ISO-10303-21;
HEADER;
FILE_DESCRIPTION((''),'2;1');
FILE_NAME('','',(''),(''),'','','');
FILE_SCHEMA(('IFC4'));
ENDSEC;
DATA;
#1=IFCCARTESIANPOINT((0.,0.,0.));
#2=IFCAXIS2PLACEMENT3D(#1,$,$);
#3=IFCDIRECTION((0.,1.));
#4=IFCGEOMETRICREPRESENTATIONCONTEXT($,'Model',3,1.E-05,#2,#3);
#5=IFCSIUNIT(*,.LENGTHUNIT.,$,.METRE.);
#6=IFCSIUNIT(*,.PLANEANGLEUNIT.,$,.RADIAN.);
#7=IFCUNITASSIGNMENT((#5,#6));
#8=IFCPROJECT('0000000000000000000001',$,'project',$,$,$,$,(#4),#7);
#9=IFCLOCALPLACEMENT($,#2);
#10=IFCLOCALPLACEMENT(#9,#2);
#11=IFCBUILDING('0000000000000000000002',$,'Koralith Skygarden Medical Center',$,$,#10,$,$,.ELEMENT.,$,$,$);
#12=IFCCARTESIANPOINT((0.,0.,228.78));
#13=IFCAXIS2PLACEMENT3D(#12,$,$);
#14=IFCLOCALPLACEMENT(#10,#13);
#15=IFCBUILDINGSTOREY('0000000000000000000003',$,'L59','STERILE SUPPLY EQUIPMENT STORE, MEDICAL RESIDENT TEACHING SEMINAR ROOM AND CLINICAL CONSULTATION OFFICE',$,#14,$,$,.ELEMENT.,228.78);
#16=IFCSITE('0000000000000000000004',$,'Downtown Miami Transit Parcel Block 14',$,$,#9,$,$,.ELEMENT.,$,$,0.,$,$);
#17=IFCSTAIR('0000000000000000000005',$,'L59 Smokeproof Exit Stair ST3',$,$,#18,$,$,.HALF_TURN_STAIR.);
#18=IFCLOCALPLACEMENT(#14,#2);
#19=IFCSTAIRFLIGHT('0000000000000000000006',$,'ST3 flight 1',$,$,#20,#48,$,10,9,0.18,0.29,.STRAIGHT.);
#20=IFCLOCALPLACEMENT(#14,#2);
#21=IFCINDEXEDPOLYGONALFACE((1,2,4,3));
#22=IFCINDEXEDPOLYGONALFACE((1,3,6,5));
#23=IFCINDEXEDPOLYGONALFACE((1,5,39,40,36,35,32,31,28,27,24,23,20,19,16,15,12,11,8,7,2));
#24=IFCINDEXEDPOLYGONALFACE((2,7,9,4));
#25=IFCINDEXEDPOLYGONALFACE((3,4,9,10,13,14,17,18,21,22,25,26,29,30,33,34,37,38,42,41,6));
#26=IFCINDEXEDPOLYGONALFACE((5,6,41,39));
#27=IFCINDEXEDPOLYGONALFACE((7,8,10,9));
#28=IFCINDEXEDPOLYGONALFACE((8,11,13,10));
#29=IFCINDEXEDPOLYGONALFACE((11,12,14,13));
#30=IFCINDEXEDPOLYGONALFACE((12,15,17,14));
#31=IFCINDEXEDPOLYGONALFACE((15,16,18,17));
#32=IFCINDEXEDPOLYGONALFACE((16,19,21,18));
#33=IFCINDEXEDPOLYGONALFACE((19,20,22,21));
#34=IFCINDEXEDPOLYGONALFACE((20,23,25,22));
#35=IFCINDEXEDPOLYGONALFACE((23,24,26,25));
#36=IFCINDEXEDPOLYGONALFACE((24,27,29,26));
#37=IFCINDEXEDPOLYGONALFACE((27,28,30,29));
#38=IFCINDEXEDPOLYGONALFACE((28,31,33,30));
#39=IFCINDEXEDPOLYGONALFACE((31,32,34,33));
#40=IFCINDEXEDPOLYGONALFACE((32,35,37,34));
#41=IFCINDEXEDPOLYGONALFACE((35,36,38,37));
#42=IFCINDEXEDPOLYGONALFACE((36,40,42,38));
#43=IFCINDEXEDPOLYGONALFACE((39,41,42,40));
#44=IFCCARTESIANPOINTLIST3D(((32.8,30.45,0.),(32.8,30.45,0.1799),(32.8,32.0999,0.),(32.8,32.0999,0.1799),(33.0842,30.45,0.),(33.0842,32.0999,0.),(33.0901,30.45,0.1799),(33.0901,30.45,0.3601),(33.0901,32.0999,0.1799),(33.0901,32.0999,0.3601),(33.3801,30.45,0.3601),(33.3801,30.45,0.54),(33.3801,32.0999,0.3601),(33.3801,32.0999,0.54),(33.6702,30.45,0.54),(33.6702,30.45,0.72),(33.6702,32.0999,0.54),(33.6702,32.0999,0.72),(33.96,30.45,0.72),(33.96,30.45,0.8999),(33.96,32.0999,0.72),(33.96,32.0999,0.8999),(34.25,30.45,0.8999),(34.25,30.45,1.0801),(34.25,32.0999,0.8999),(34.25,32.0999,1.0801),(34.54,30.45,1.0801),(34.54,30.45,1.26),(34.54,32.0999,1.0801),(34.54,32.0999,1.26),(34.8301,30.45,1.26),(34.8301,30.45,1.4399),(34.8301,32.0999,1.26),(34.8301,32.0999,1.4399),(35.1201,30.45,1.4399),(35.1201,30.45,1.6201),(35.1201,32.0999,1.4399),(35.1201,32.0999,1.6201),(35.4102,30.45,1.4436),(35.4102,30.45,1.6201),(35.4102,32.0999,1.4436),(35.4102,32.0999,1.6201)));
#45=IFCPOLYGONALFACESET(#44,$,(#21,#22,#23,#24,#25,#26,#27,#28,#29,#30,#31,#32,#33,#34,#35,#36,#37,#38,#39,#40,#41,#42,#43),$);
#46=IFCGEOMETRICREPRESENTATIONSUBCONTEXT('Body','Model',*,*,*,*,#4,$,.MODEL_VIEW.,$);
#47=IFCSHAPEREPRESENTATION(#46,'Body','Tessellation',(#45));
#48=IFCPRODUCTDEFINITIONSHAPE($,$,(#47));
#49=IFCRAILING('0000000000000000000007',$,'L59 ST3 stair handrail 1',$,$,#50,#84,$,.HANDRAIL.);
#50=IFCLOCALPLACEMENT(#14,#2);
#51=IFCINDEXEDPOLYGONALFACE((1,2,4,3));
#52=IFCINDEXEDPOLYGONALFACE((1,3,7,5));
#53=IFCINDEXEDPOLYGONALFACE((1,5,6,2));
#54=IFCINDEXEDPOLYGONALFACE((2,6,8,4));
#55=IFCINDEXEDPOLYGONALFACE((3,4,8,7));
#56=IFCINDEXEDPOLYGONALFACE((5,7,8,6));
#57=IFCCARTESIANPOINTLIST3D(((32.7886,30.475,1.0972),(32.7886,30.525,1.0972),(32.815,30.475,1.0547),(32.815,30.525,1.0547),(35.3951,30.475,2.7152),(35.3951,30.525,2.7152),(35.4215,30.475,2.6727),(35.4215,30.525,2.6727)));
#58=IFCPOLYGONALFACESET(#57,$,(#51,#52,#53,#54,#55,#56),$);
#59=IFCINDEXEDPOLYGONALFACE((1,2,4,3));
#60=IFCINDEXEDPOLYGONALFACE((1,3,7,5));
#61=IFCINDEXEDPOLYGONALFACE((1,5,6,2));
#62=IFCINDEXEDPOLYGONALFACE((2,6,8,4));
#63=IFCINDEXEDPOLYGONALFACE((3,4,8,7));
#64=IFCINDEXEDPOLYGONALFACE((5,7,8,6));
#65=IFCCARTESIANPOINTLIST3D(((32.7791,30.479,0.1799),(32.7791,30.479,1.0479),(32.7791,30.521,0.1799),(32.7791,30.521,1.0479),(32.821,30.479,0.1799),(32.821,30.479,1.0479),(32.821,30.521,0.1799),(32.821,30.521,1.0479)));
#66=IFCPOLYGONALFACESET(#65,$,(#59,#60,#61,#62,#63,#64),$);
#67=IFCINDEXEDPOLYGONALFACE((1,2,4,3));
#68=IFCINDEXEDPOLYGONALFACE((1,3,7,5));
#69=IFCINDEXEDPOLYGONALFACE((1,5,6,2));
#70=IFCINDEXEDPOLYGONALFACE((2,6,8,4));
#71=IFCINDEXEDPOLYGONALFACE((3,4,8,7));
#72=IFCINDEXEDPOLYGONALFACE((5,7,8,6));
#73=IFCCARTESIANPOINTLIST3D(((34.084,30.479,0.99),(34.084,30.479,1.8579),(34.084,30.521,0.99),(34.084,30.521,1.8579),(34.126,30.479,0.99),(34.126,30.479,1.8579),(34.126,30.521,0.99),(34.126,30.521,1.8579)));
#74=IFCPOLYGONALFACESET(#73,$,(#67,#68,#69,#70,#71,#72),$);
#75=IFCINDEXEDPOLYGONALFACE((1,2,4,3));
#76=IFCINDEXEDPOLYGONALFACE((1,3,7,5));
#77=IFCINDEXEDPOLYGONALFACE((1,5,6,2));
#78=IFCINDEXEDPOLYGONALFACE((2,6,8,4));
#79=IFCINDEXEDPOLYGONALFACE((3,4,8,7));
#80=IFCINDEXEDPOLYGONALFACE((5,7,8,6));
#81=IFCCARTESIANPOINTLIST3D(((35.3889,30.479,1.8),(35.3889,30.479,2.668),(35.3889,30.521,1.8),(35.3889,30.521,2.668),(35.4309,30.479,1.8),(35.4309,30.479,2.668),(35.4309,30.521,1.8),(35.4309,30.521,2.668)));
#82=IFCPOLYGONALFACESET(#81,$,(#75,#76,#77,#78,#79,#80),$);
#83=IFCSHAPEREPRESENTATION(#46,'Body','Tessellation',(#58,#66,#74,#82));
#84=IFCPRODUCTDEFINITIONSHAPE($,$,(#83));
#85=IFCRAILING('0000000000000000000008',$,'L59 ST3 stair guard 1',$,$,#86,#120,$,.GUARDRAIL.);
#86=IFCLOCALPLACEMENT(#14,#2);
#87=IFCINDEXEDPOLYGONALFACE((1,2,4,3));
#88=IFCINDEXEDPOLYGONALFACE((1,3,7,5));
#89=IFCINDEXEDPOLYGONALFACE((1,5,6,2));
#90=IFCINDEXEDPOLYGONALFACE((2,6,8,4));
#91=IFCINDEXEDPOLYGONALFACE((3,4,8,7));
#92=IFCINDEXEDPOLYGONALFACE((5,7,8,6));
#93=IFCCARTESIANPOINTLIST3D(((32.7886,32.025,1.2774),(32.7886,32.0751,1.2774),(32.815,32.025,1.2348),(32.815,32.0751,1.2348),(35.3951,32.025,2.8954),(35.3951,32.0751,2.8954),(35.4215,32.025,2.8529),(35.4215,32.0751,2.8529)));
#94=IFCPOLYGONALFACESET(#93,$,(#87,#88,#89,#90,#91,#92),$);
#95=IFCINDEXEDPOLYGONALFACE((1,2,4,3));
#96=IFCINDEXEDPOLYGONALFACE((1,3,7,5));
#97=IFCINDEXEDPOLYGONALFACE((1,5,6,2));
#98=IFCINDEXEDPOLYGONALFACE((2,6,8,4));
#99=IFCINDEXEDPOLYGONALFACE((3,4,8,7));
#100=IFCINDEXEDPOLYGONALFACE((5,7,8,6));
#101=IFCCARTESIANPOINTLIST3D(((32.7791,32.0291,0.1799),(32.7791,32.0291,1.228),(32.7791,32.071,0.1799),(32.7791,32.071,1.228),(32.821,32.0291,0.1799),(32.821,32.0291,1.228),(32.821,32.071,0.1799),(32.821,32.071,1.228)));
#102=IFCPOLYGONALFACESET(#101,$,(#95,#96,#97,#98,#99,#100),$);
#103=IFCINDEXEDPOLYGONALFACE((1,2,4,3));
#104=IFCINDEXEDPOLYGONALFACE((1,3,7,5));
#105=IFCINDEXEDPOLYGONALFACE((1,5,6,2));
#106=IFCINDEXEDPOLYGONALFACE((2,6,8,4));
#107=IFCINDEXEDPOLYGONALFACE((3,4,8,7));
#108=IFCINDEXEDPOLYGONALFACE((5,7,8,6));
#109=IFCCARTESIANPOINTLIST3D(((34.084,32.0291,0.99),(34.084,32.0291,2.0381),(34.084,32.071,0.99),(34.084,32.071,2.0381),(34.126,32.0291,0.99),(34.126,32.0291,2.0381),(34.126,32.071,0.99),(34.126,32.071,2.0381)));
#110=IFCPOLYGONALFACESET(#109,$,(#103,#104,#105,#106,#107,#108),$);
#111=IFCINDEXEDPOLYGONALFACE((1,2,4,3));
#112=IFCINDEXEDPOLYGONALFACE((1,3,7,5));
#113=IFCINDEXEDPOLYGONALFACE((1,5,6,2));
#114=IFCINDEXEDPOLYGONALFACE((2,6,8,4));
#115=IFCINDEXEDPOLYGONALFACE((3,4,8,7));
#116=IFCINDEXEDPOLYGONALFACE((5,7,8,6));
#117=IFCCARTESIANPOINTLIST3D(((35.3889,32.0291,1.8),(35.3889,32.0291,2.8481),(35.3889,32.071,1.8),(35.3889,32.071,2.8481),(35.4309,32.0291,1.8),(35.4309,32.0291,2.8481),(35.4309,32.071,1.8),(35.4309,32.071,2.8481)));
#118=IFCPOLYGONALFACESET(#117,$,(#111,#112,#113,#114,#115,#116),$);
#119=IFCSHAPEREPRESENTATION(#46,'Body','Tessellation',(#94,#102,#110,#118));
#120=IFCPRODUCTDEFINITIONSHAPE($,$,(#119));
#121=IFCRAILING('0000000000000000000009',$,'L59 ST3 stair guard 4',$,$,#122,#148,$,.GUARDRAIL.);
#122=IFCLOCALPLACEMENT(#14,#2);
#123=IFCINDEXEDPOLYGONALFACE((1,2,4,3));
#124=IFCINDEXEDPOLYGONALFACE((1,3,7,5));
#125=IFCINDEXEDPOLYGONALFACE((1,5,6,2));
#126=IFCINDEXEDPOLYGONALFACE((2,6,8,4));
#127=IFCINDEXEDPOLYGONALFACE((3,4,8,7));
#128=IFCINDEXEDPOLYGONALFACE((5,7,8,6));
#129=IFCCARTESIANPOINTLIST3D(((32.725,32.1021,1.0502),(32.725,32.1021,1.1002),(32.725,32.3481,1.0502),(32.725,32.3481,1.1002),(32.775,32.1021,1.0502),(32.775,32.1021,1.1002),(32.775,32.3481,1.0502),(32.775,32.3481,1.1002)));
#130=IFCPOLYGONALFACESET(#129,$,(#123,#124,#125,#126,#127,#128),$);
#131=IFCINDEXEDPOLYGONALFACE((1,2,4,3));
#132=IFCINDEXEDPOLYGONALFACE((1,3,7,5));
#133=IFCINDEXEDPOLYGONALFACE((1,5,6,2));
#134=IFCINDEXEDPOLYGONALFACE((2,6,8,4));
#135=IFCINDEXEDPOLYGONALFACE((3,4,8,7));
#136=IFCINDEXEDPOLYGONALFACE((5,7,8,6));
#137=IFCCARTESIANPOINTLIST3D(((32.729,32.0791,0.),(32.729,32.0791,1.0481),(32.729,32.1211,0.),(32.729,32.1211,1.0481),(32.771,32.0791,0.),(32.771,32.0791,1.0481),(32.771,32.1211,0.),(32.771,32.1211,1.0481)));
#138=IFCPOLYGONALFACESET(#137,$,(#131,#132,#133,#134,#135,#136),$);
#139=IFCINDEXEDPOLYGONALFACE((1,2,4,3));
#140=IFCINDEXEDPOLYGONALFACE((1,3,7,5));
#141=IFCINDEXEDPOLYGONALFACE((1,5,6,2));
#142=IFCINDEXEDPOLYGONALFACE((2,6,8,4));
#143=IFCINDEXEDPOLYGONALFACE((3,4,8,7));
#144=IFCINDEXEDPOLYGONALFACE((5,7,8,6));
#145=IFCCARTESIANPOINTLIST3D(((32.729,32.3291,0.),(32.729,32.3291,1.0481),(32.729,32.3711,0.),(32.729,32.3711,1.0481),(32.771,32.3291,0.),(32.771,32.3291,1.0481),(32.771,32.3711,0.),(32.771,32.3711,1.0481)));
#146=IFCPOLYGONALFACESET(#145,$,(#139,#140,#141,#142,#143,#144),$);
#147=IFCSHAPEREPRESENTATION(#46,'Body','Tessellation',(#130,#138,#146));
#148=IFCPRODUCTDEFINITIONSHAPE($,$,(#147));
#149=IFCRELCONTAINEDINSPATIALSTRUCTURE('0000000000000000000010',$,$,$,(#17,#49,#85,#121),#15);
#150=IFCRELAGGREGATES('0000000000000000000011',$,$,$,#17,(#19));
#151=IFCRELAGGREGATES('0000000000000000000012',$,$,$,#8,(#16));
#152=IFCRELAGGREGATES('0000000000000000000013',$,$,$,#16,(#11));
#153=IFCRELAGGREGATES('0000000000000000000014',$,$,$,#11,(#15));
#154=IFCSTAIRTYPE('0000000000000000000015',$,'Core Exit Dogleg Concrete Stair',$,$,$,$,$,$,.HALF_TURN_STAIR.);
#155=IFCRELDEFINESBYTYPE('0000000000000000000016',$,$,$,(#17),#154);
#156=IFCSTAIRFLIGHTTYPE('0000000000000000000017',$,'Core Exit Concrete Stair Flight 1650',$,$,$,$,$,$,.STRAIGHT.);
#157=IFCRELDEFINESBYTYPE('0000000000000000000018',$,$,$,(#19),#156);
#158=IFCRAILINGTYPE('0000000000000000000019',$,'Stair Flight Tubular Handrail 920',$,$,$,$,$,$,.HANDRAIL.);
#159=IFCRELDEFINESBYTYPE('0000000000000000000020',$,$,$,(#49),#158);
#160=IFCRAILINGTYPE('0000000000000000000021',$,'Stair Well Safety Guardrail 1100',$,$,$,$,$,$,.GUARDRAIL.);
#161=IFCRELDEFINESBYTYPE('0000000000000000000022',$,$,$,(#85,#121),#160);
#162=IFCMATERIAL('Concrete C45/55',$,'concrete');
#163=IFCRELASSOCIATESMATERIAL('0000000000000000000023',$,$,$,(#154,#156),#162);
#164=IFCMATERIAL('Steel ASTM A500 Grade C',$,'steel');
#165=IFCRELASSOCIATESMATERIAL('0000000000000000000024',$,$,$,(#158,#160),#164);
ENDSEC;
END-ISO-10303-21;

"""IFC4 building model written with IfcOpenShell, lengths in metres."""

from ifc_helpers import new_model, si_unit, direction, frame, origin, origin_2d, place, context, subcontext, project, spatial, polyline, rectangle, outline, extrude, material, type_object, element, aggregate, save


model = new_model("IFC4")

# Units and contexts
model_context = context("Model", 3, precision=1e-05, world=origin(), true_north=direction((0.0, 1.0)))
body_context = subcontext(model_context, "Body", "Model", "MODEL_VIEW")
ifc_project = project(units=[si_unit("LENGTHUNIT", "METRE"), si_unit("PLANEANGLEUNIT", "RADIAN")], contexts=[model_context])

# Site, building, storey
site_placement = place(None, origin())
site = spatial("IfcSite", under=ifc_project, at=site_placement, Name="Downtown Miami Transit Parcel Block 14", CompositionType="ELEMENT", RefElevation=0.0)
building_placement = place(site_placement, origin())
building = spatial("IfcBuilding", under=site, at=building_placement, Name="Koralith Skygarden Medical Center", CompositionType="ELEMENT")
storey_placement = place(building_placement, frame((0.0, 0.0, 228.78)))
storey = spatial("IfcBuildingStorey", under=building, at=storey_placement, Name="L59", Description="STERILE SUPPLY EQUIPMENT STORE, MEDICAL RESIDENT TEACHING SEMINAR ROOM AND CLINICAL CONSULTATION OFFICE", CompositionType="ELEMENT", Elevation=228.78)

# Shared definitions
ifc_material_1 = material(Name="Concrete C45/55", Category="concrete")

# Stair, stair flight
stair_type = type_object("IfcStairType", Name="Core Exit Dogleg Concrete Stair", PredefinedType="HALF_TURN_STAIR", material=ifc_material_1)
stair_placement = place(storey_placement, origin())
stair = element("IfcStair", 1, at=stair_placement, inside=storey, type_object=stair_type, Name="L59 Smokeproof Exit Stair ST3", PredefinedType="HALF_TURN_STAIR")
stair_flight_type = type_object("IfcStairFlightType", Name="Core Exit Concrete Stair Flight 1650", PredefinedType="STRAIGHT", material=ifc_material_1)
stair_flight_placement = place(storey_placement, frame((32.8, 31.2749, 0.0), z_axis=(0.0, 0.0, 1.0), x_axis=(1.0, 0.0, 0.0)))
stair_flight = element("IfcStairFlight", 2, at=stair_flight_placement, type_object=stair_flight_type, Name="ST3 flight 1", NumberOfRisers=10, NumberOfTreads=9, PredefinedType="STRAIGHT", RiserHeight=0.18, TreadLength=0.29, context=body_context, shape_type="SweptSolid", body=[
    extrude(outline(polyline([(0.0, 0.0), (0.0, 0.1799), (0.29, 0.1799), (0.29, 0.3601), (0.5801, 0.3601), (0.5801, 0.54), (0.8701, 0.54), (0.8701, 0.72), (1.1599, 0.72), (1.1599, 0.8999), (1.45, 0.8999), (1.45, 1.0801), (1.74, 1.0801), (1.74, 1.26), (2.03, 1.26), (2.03, 1.4399), (2.3201, 1.4399), (2.3201, 1.6201), (2.6101, 1.6201), (2.6101, 1.8), (2.6101, 1.4436), (0.2842, 0.0), (0.0, 0.0)])), frame((0.0, 0.825, 0.0), z_axis=(0.0, -1.0, 0.0), x_axis=(1.0, 0.0, 0.0)), (0.0, 0.0, 1.0), 1.6499),
])
aggregate(stair, [stair_flight])

# Railings
ifc_material_2 = material(Name="Steel ASTM A500 Grade C", Category="steel")
railing_type_1 = type_object("IfcRailingType", Name="Stair Flight Tubular Handrail 920", PredefinedType="HANDRAIL", material=ifc_material_2)
railing_1_placement = place(storey_placement, frame((32.8, 30.5, 0.1799)))
element("IfcRailing", 3, at=railing_1_placement, inside=storey, type_object=railing_type_1, Name="L59 ST3 stair handrail 1", PredefinedType="HANDRAIL", context=body_context, shape_type="SweptSolid", body=[
    extrude(rectangle(XDim=0.05, YDim=0.05, at=origin_2d()), frame((0.0017, 0.0, 0.896), z_axis=(0.849611, 0.0, 0.52741), x_axis=(0.0, 1.0, 0.0)), (0.0, 0.0, 1.0), 3.0679),
    extrude(rectangle(XDim=0.042, YDim=0.042, at=origin_2d()), origin(), (0.0, 0.0, 1.0), 0.8679),
    extrude(rectangle(XDim=0.042, YDim=0.042, at=origin_2d()), frame((1.3049, 0.0, 0.8101)), (0.0, 0.0, 1.0), 0.8679),
    extrude(rectangle(XDim=0.042, YDim=0.042, at=origin_2d()), frame((2.6099, 0.0, 1.6201)), (0.0, 0.0, 1.0), 0.8679),
])
railing_type_2 = type_object("IfcRailingType", Name="Stair Well Safety Guardrail 1100", PredefinedType="GUARDRAIL", material=ifc_material_2)
railing_2_placement = place(storey_placement, frame((32.8, 32.05, 0.1799)))
element("IfcRailing", 4, at=railing_2_placement, inside=storey, type_object=railing_type_2, Name="L59 ST3 stair guard 1", PredefinedType="GUARDRAIL", context=body_context, shape_type="SweptSolid", body=[
    extrude(rectangle(XDim=0.05, YDim=0.05, at=origin_2d()), frame((0.0017, 0.0, 1.0762), z_axis=(0.849611, 0.0, 0.52741), x_axis=(0.0, 1.0, 0.0)), (0.0, 0.0, 1.0), 3.0679),
    extrude(rectangle(XDim=0.042, YDim=0.042, at=origin_2d()), origin(), (0.0, 0.0, 1.0), 1.0481),
    extrude(rectangle(XDim=0.042, YDim=0.042, at=origin_2d()), frame((1.3049, 0.0, 0.8101)), (0.0, 0.0, 1.0), 1.0481),
    extrude(rectangle(XDim=0.042, YDim=0.042, at=origin_2d()), frame((2.6099, 0.0, 1.6201)), (0.0, 0.0, 1.0), 1.0481),
])
railing_3_placement = place(storey_placement, frame((32.75, 32.1001, 0.0)))
element("IfcRailing", 5, at=railing_3_placement, inside=storey, type_object=railing_type_2, Name="L59 ST3 stair guard 4", PredefinedType="GUARDRAIL", context=body_context, shape_type="SweptSolid", body=[
    extrude(rectangle(XDim=0.05, YDim=0.05, at=origin_2d()), frame((0.0, 0.002, 1.0752), z_axis=(0.0, 1.0, 0.0), x_axis=(-1.0, 0.0, 0.0)), (0.0, 0.0, 1.0), 0.2461),
    extrude(rectangle(XDim=0.042, YDim=0.042, at=origin_2d()), origin(), (0.0, 0.0, 1.0), 1.0481),
    extrude(rectangle(XDim=0.042, YDim=0.042, at=origin_2d()), frame((0.0, 0.25, 0.0)), (0.0, 0.0, 1.0), 1.0481),
])

save(model, "model.ifc")
